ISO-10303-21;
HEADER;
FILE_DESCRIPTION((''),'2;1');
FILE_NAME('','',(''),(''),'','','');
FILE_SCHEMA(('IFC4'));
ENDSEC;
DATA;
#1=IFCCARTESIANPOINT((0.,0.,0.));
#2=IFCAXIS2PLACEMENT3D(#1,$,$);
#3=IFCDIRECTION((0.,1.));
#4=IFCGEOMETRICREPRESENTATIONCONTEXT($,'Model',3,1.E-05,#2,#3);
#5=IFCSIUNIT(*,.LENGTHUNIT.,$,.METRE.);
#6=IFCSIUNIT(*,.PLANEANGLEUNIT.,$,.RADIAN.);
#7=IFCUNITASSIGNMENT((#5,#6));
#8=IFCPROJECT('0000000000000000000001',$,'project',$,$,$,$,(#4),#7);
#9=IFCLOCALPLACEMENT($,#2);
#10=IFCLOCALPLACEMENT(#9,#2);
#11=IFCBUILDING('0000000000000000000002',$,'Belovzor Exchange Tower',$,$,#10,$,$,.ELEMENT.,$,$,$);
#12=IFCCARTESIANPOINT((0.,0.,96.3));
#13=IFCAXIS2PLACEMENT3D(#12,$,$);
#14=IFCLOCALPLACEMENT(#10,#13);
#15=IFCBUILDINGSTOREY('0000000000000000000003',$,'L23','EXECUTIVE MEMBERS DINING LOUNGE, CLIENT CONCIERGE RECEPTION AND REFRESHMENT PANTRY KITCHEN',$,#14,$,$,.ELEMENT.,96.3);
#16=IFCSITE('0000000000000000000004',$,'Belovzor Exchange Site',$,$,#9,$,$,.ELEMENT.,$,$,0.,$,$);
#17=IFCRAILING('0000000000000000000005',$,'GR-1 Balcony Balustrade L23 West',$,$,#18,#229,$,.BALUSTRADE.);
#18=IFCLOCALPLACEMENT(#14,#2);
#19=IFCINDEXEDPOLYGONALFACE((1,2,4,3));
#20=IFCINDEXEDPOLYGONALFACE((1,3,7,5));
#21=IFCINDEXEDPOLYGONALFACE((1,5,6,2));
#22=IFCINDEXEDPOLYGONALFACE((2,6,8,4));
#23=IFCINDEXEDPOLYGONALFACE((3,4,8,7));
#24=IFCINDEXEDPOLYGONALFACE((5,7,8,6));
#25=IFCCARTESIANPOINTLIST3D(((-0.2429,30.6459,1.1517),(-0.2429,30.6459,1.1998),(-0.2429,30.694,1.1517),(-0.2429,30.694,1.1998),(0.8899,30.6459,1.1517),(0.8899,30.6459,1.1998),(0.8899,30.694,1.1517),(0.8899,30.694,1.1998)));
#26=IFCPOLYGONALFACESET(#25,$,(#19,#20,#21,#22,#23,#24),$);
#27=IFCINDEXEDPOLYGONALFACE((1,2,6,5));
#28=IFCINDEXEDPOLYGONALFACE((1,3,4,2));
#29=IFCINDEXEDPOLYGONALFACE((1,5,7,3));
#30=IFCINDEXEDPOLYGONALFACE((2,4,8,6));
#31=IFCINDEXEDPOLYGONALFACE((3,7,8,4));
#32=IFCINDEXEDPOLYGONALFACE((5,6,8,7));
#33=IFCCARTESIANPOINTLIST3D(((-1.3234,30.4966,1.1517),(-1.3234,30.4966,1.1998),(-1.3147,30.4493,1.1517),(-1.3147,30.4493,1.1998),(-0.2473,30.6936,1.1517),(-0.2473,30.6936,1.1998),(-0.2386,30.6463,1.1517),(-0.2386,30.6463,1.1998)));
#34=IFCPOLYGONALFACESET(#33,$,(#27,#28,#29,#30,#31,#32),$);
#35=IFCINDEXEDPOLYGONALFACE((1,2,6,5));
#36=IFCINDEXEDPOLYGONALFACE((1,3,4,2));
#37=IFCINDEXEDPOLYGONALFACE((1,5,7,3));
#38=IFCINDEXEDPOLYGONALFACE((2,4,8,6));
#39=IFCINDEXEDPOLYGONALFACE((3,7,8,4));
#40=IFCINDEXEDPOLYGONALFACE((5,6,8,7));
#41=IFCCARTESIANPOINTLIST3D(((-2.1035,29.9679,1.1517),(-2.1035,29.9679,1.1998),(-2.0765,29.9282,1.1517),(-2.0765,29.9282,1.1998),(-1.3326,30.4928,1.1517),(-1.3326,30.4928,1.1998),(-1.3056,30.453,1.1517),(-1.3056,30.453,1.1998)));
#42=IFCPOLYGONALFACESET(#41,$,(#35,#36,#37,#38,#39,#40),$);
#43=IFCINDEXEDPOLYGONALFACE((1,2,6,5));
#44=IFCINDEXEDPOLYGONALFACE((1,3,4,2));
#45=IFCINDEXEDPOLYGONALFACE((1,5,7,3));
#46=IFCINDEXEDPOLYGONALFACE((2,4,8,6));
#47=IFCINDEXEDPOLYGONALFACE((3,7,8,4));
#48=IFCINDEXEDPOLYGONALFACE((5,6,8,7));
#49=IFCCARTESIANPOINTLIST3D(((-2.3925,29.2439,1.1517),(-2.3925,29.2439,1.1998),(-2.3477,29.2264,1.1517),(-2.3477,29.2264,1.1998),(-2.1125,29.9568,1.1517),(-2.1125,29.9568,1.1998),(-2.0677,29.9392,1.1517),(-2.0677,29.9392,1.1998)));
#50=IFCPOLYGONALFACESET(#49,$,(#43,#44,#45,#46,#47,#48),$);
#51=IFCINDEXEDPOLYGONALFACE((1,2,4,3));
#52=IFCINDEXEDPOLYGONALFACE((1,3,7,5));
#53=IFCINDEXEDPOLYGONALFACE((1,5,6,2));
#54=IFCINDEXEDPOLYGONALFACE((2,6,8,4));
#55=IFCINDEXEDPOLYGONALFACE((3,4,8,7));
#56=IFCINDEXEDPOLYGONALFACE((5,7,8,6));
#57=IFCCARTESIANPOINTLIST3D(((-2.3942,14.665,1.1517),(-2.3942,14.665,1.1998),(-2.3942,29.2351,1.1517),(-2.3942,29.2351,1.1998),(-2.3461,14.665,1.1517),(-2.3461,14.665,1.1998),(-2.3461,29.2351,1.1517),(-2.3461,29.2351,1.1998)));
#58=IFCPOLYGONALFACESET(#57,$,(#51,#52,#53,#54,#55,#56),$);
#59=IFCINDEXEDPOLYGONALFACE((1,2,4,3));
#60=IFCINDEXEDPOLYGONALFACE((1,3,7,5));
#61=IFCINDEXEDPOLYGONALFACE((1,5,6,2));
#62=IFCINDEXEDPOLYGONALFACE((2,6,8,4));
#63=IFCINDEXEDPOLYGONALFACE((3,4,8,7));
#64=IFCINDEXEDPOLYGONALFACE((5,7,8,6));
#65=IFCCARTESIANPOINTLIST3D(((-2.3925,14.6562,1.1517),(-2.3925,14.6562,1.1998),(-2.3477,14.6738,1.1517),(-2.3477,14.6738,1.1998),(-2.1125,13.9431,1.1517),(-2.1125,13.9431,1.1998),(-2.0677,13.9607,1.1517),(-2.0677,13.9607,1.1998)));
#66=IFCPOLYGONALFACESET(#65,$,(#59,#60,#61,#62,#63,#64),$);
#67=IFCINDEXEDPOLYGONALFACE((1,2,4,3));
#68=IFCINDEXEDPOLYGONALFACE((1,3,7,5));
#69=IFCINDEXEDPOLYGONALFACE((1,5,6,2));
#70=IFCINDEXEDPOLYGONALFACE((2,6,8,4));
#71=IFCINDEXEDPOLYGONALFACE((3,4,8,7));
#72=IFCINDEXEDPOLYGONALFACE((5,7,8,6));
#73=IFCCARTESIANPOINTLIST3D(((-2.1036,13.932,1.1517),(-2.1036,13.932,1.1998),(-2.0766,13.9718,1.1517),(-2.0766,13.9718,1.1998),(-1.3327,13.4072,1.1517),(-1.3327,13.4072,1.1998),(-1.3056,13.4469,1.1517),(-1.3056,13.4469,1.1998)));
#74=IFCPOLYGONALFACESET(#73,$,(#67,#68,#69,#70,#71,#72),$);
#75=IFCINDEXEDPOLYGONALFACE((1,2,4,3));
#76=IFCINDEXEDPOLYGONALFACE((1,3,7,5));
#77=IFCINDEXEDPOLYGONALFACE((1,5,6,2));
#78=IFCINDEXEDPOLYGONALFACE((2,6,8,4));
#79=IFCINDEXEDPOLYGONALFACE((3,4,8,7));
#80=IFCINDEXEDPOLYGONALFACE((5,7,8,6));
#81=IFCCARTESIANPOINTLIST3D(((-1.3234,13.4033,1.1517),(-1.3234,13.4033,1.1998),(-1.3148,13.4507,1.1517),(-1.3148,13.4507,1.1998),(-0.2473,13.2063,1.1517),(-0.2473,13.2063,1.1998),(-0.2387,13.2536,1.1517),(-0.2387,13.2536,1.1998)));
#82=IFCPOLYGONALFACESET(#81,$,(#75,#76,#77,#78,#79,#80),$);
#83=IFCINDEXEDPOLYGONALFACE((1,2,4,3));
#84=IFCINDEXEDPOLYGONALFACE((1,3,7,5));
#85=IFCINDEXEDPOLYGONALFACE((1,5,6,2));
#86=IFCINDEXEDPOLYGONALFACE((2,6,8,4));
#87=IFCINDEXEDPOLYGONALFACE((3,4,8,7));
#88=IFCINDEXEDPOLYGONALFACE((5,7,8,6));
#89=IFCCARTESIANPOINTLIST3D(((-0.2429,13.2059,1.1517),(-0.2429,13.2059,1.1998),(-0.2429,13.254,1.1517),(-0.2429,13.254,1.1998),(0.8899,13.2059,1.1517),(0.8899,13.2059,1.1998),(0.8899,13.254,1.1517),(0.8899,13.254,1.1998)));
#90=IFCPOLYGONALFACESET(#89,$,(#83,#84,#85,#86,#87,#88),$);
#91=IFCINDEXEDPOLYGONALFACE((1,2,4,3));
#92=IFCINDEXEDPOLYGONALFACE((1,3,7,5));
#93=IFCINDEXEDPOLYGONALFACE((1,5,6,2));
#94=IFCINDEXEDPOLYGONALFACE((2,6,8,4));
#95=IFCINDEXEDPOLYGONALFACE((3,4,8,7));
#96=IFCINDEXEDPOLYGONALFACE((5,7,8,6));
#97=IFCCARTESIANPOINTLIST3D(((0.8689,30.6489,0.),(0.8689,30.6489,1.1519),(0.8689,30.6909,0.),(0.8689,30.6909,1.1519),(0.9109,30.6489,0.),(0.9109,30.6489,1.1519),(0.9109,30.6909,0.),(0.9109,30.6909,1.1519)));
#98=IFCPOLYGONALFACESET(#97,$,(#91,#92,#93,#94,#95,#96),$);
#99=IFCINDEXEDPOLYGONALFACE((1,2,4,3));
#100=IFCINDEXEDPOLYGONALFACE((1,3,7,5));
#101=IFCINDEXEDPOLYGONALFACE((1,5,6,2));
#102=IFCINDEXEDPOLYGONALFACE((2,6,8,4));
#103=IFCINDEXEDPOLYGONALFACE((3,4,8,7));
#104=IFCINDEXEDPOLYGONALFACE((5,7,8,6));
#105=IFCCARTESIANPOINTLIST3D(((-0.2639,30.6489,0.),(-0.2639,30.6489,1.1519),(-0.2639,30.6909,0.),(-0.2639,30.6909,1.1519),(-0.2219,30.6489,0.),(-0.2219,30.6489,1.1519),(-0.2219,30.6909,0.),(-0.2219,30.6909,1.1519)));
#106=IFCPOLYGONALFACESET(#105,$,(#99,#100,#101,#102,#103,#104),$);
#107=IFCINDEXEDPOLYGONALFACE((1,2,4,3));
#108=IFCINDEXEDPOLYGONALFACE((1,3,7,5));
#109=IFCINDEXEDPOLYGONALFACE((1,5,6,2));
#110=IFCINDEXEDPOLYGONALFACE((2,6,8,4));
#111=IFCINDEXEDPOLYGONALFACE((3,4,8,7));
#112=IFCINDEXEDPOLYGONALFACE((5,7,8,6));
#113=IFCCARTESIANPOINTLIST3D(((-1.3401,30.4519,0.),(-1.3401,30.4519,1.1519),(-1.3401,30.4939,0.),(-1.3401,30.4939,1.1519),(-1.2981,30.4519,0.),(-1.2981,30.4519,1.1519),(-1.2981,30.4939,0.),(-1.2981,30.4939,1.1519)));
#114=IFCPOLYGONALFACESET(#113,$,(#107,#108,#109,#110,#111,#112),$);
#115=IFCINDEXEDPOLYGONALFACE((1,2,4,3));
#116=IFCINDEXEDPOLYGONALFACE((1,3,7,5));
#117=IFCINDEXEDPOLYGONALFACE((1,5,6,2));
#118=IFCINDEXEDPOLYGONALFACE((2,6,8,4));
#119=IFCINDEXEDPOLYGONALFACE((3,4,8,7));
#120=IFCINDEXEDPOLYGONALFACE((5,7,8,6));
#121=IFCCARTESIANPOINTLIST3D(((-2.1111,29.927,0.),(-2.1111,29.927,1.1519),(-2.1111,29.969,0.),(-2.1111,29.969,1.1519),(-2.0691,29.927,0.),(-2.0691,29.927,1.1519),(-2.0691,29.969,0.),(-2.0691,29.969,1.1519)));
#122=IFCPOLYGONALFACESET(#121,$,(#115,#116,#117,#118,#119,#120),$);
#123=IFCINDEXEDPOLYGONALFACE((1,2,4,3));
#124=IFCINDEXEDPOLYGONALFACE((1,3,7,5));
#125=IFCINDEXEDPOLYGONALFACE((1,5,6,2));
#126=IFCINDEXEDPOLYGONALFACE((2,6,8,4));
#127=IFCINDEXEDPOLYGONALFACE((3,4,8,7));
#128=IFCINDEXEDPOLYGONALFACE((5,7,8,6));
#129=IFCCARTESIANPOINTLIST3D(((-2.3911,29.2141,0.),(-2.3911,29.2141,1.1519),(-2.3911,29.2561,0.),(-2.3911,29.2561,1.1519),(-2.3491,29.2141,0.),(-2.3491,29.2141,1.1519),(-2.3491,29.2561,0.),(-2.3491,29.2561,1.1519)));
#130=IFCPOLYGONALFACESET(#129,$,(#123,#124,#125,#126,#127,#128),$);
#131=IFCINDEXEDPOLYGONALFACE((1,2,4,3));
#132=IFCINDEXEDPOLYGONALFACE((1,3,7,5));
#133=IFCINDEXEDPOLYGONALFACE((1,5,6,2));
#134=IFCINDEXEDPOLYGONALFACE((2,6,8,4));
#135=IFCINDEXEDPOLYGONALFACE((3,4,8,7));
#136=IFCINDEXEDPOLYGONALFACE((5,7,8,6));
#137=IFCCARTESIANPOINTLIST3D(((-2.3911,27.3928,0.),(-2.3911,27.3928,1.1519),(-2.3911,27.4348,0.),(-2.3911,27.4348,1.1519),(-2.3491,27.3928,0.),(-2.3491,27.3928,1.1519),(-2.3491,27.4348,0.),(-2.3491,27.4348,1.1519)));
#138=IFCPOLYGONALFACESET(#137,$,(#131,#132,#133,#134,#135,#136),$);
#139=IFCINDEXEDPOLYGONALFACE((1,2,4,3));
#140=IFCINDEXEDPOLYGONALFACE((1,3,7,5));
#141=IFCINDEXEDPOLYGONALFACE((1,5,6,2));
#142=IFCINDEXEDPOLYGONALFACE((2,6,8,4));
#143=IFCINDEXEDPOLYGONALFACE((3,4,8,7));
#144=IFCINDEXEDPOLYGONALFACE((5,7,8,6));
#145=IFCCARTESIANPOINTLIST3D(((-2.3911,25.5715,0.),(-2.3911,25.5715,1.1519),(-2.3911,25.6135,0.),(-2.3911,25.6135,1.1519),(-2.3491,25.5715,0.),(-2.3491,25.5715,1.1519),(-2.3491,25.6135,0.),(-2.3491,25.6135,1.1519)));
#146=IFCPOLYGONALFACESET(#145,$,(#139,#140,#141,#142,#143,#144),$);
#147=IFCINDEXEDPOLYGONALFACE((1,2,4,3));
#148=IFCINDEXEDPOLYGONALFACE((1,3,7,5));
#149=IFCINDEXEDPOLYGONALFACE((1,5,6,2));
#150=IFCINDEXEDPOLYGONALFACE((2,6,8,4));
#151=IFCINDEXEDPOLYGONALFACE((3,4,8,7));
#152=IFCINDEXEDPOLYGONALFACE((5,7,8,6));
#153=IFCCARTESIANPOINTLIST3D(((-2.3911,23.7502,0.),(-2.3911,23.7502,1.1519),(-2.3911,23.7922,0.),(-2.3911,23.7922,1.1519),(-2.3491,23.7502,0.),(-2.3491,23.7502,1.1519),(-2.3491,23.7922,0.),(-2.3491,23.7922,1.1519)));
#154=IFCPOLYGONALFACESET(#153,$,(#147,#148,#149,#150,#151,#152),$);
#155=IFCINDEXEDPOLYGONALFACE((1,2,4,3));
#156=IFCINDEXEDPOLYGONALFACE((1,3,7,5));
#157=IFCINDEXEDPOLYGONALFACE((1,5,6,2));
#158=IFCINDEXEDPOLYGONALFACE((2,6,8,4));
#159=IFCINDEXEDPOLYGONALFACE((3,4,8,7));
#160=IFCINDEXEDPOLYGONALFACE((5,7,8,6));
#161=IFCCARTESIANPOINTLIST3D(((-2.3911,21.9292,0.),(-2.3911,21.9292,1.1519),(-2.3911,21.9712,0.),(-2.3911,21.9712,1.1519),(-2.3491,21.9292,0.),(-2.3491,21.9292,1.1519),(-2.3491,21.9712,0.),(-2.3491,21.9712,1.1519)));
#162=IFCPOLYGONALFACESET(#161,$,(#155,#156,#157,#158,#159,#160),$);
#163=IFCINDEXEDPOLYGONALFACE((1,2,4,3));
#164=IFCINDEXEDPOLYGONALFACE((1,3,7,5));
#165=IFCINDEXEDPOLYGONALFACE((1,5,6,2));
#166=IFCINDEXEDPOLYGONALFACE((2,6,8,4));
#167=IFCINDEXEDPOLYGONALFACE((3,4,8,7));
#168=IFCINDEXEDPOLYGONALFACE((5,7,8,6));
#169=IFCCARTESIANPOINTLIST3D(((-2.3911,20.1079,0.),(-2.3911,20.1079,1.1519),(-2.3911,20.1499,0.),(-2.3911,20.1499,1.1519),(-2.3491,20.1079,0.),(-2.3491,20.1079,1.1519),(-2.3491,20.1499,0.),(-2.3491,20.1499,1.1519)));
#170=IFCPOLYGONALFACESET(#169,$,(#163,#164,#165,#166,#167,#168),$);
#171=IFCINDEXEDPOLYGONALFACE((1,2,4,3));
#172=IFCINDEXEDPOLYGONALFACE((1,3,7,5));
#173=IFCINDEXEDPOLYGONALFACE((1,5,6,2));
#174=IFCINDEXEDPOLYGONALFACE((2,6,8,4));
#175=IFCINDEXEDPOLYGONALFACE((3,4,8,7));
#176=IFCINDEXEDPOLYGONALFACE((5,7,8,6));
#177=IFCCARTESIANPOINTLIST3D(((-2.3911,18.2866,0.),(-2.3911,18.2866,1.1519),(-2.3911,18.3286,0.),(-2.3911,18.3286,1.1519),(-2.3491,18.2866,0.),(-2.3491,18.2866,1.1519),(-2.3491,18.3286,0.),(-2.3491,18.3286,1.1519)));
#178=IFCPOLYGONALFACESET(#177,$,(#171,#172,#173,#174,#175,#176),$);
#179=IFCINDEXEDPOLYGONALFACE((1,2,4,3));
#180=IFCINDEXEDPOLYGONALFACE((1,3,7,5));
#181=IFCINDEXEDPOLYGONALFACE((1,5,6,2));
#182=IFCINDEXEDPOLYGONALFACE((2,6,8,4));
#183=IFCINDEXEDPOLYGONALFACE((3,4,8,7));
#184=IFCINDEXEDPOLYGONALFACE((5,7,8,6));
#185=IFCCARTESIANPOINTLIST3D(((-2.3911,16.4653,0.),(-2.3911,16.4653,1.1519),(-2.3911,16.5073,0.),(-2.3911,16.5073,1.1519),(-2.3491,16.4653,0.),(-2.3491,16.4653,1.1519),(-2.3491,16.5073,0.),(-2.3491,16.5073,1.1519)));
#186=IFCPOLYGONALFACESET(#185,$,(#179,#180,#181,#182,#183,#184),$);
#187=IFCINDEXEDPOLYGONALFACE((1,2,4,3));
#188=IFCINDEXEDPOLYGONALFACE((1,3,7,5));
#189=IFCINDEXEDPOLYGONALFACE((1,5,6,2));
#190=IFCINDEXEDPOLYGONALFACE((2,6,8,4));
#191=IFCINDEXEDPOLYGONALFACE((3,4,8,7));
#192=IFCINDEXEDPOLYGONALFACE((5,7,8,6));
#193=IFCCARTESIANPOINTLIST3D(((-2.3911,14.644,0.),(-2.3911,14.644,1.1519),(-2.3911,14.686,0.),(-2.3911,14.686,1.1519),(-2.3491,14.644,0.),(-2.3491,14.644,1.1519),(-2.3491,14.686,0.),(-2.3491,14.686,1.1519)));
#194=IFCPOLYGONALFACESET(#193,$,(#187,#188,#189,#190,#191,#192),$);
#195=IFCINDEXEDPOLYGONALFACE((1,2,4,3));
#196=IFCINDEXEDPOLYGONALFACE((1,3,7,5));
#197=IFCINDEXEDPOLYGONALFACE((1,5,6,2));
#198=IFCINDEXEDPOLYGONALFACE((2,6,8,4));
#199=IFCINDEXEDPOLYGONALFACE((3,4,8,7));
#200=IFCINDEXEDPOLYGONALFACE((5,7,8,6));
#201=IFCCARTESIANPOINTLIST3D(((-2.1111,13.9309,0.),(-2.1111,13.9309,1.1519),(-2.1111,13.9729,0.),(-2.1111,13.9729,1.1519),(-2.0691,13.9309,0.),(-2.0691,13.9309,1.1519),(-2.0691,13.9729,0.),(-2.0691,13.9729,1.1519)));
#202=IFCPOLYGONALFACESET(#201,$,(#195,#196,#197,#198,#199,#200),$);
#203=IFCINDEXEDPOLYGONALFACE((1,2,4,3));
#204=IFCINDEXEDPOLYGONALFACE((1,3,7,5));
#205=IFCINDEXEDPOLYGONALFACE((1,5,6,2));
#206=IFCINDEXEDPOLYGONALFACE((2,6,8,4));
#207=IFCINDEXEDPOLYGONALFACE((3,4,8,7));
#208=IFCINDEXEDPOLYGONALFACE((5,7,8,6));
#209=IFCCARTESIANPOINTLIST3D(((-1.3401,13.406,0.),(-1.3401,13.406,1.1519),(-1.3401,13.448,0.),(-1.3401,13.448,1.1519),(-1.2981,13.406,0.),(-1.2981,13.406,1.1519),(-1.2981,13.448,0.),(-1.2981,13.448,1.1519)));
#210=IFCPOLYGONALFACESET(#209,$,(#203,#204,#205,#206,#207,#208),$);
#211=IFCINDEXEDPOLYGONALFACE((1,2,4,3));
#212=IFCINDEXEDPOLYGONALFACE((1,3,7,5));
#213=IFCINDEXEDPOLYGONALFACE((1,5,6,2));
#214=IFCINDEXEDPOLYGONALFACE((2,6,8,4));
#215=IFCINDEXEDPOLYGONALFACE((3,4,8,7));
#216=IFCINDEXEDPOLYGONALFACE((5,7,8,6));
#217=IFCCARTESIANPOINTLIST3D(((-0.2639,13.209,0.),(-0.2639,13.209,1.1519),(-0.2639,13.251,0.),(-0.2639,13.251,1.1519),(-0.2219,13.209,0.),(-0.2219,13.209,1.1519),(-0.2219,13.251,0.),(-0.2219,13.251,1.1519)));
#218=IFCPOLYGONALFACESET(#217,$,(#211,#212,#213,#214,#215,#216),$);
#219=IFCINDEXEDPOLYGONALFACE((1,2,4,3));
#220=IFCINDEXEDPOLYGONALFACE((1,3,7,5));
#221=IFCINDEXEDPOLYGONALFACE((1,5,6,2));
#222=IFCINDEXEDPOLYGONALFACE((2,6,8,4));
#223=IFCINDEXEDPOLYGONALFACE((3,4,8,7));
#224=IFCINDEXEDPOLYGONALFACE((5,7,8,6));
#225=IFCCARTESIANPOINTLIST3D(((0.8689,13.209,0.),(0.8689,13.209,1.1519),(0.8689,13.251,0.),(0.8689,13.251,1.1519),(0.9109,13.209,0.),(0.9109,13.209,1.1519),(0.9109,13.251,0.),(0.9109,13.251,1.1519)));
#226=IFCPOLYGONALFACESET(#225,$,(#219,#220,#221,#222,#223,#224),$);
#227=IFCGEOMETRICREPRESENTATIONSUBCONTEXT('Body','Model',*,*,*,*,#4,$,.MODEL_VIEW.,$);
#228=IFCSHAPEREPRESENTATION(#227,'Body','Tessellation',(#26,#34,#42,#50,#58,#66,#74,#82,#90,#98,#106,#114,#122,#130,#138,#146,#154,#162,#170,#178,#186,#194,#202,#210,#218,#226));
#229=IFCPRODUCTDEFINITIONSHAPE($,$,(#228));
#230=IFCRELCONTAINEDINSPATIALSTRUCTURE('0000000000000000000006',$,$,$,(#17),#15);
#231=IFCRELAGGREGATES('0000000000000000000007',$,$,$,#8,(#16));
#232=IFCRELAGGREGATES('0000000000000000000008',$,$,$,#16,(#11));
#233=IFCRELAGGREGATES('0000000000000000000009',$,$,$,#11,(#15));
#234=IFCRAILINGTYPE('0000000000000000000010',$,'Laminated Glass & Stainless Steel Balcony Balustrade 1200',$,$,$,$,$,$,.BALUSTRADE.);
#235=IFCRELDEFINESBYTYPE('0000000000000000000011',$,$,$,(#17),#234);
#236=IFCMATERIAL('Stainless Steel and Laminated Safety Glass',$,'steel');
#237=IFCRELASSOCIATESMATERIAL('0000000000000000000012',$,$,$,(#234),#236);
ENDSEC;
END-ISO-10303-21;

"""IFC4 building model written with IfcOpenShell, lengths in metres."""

from ifc_helpers import new_model, si_unit, direction, frame, origin, origin_2d, place, context, subcontext, project, spatial, rectangle, extrude, material, type_object, element, save


model = new_model("IFC4")

# Units and contexts
model_context = context("Model", 3, precision=1e-05, world=origin(), true_north=direction((0.0, 1.0)))
body_context = subcontext(model_context, "Body", "Model", "MODEL_VIEW")
ifc_project = project(units=[si_unit("LENGTHUNIT", "METRE"), si_unit("PLANEANGLEUNIT", "RADIAN")], contexts=[model_context])

# Site, building, storey
site_placement = place(None, origin())
site = spatial("IfcSite", under=ifc_project, at=site_placement, Name="Belovzor Exchange Site", CompositionType="ELEMENT", RefElevation=0.0)
building_placement = place(site_placement, origin())
building = spatial("IfcBuilding", under=site, at=building_placement, Name="Belovzor Exchange Tower", CompositionType="ELEMENT")
storey_placement = place(building_placement, frame((0.0, 0.0, 96.3)))
storey = spatial("IfcBuildingStorey", under=building, at=storey_placement, Name="L23", Description="EXECUTIVE MEMBERS DINING LOUNGE, CLIENT CONCIERGE RECEPTION AND REFRESHMENT PANTRY KITCHEN", CompositionType="ELEMENT", Elevation=96.3)

# Railing
ifc_material_1 = material(Name="Stainless Steel and Laminated Safety Glass", Category="steel")
railing_type = type_object("IfcRailingType", Name="Laminated Glass & Stainless Steel Balcony Balustrade 1200", PredefinedType="BALUSTRADE", material=ifc_material_1)
railing_placement = place(storey_placement, frame((0.8899, 30.6699, 0.0)))
element("IfcRailing", 1, at=railing_placement, inside=storey, type_object=railing_type, Name="GR-1 Balcony Balustrade L23 West", PredefinedType="BALUSTRADE", context=body_context, shape_type="SweptSolid", body=[
    extrude(rectangle(XDim=0.0481, YDim=0.0481, at=origin_2d()), frame((0.0, 0.0, 1.1758), z_axis=(-1.0, 0.0, 0.0), x_axis=(0.0, -1.0, 0.0)), (0.0, 0.0, 1.0), 1.1328),
    extrude(rectangle(XDim=0.0481, YDim=0.0481, at=origin_2d()), frame((-1.1328, 0.0, 1.1758), z_axis=(-0.983651, -0.180083, 0.0), x_axis=(0.180083, -0.983651, 0.0)), (0.0, 0.0, 1.0), 1.094),
    extrude(rectangle(XDim=0.0481, YDim=0.0481, at=origin_2d()), frame((-2.209, -0.197, 1.1758), z_axis=(-0.826615, -0.562768, 0.0), x_axis=(0.562768, -0.826615, 0.0)), (0.0, 0.0, 1.0), 0.9326),
    extrude(rectangle(XDim=0.0481, YDim=0.0481, at=origin_2d()), frame((-2.98, -0.7219, 1.1758), z_axis=(-0.365613, -0.930767, 0.0), x_axis=(0.930767, -0.365613, 0.0)), (0.0, 0.0, 1.0), 0.7659),
    extrude(rectangle(XDim=0.0481, YDim=0.0481, at=origin_2d()), frame((-3.26, -1.4348, 1.1758), z_axis=(0.0, -1.0, 0.0), x_axis=(1.0, 0.0, 0.0)), (0.0, 0.0, 1.0), 14.5701),
    extrude(rectangle(XDim=0.0481, YDim=0.0481, at=origin_2d()), frame((-3.26, -16.0049, 1.1758), z_axis=(0.365504, -0.93081, 0.0), x_axis=(0.93081, 0.365504, 0.0)), (0.0, 0.0, 1.0), 0.7661),
    extrude(rectangle(XDim=0.0481, YDim=0.0481, at=origin_2d()), frame((-2.98, -16.718, 1.1758), z_axis=(0.826615, -0.562768, 0.0), x_axis=(0.562768, 0.826615, 0.0)), (0.0, 0.0, 1.0), 0.9326),
    extrude(rectangle(XDim=0.0481, YDim=0.0481, at=origin_2d()), frame((-2.209, -17.2429, 1.1758), z_axis=(0.983651, -0.180083, 0.0), x_axis=(0.180083, 0.983651, 0.0)), (0.0, 0.0, 1.0), 1.094),
    extrude(rectangle(XDim=0.0481, YDim=0.0481, at=origin_2d()), frame((-1.1328, -17.4399, 1.1758), z_axis=(1.0, 0.0, 0.0), x_axis=(0.0, 1.0, 0.0)), (0.0, 0.0, 1.0), 1.1328),
    extrude(rectangle(XDim=0.042, YDim=0.042, at=origin_2d()), origin(), (0.0, 0.0, 1.0), 1.1519),
    extrude(rectangle(XDim=0.042, YDim=0.042, at=origin_2d()), frame((-1.1328, 0.0, 0.0)), (0.0, 0.0, 1.0), 1.1519),
    extrude(rectangle(XDim=0.042, YDim=0.042, at=origin_2d()), frame((-2.209, -0.197, 0.0)), (0.0, 0.0, 1.0), 1.1519),
    extrude(rectangle(XDim=0.042, YDim=0.042, at=origin_2d()), frame((-2.98, -0.7219, 0.0)), (0.0, 0.0, 1.0), 1.1519),
    extrude(rectangle(XDim=0.042, YDim=0.042, at=origin_2d()), frame((-3.26, -1.4348, 0.0)), (0.0, 0.0, 1.0), 1.1519),
    extrude(rectangle(XDim=0.042, YDim=0.042, at=origin_2d()), frame((-3.26, -3.2561, 0.0)), (0.0, 0.0, 1.0), 1.1519),
    extrude(rectangle(XDim=0.042, YDim=0.042, at=origin_2d()), frame((-3.26, -5.0774, 0.0)), (0.0, 0.0, 1.0), 1.1519),
    extrude(rectangle(XDim=0.042, YDim=0.042, at=origin_2d()), frame((-3.26, -6.8987, 0.0)), (0.0, 0.0, 1.0), 1.1519),
    extrude(rectangle(XDim=0.042, YDim=0.042, at=origin_2d()), frame((-3.26, -8.7197, 0.0)), (0.0, 0.0, 1.0), 1.1519),
    extrude(rectangle(XDim=0.042, YDim=0.042, at=origin_2d()), frame((-3.26, -10.541, 0.0)), (0.0, 0.0, 1.0), 1.1519),
    extrude(rectangle(XDim=0.042, YDim=0.042, at=origin_2d()), frame((-3.26, -12.3623, 0.0)), (0.0, 0.0, 1.0), 1.1519),
    extrude(rectangle(XDim=0.042, YDim=0.042, at=origin_2d()), frame((-3.26, -14.1836, 0.0)), (0.0, 0.0, 1.0), 1.1519),
    extrude(rectangle(XDim=0.042, YDim=0.042, at=origin_2d()), frame((-3.26, -16.0049, 0.0)), (0.0, 0.0, 1.0), 1.1519),
    extrude(rectangle(XDim=0.042, YDim=0.042, at=origin_2d()), frame((-2.98, -16.718, 0.0)), (0.0, 0.0, 1.0), 1.1519),
    extrude(rectangle(XDim=0.042, YDim=0.042, at=origin_2d()), frame((-2.209, -17.2429, 0.0)), (0.0, 0.0, 1.0), 1.1519),
    extrude(rectangle(XDim=0.042, YDim=0.042, at=origin_2d()), frame((-1.1328, -17.4399, 0.0)), (0.0, 0.0, 1.0), 1.1519),
    extrude(rectangle(XDim=0.042, YDim=0.042, at=origin_2d()), frame((0.0, -17.4399, 0.0)), (0.0, 0.0, 1.0), 1.1519),
])

save(model, "model.ifc")
